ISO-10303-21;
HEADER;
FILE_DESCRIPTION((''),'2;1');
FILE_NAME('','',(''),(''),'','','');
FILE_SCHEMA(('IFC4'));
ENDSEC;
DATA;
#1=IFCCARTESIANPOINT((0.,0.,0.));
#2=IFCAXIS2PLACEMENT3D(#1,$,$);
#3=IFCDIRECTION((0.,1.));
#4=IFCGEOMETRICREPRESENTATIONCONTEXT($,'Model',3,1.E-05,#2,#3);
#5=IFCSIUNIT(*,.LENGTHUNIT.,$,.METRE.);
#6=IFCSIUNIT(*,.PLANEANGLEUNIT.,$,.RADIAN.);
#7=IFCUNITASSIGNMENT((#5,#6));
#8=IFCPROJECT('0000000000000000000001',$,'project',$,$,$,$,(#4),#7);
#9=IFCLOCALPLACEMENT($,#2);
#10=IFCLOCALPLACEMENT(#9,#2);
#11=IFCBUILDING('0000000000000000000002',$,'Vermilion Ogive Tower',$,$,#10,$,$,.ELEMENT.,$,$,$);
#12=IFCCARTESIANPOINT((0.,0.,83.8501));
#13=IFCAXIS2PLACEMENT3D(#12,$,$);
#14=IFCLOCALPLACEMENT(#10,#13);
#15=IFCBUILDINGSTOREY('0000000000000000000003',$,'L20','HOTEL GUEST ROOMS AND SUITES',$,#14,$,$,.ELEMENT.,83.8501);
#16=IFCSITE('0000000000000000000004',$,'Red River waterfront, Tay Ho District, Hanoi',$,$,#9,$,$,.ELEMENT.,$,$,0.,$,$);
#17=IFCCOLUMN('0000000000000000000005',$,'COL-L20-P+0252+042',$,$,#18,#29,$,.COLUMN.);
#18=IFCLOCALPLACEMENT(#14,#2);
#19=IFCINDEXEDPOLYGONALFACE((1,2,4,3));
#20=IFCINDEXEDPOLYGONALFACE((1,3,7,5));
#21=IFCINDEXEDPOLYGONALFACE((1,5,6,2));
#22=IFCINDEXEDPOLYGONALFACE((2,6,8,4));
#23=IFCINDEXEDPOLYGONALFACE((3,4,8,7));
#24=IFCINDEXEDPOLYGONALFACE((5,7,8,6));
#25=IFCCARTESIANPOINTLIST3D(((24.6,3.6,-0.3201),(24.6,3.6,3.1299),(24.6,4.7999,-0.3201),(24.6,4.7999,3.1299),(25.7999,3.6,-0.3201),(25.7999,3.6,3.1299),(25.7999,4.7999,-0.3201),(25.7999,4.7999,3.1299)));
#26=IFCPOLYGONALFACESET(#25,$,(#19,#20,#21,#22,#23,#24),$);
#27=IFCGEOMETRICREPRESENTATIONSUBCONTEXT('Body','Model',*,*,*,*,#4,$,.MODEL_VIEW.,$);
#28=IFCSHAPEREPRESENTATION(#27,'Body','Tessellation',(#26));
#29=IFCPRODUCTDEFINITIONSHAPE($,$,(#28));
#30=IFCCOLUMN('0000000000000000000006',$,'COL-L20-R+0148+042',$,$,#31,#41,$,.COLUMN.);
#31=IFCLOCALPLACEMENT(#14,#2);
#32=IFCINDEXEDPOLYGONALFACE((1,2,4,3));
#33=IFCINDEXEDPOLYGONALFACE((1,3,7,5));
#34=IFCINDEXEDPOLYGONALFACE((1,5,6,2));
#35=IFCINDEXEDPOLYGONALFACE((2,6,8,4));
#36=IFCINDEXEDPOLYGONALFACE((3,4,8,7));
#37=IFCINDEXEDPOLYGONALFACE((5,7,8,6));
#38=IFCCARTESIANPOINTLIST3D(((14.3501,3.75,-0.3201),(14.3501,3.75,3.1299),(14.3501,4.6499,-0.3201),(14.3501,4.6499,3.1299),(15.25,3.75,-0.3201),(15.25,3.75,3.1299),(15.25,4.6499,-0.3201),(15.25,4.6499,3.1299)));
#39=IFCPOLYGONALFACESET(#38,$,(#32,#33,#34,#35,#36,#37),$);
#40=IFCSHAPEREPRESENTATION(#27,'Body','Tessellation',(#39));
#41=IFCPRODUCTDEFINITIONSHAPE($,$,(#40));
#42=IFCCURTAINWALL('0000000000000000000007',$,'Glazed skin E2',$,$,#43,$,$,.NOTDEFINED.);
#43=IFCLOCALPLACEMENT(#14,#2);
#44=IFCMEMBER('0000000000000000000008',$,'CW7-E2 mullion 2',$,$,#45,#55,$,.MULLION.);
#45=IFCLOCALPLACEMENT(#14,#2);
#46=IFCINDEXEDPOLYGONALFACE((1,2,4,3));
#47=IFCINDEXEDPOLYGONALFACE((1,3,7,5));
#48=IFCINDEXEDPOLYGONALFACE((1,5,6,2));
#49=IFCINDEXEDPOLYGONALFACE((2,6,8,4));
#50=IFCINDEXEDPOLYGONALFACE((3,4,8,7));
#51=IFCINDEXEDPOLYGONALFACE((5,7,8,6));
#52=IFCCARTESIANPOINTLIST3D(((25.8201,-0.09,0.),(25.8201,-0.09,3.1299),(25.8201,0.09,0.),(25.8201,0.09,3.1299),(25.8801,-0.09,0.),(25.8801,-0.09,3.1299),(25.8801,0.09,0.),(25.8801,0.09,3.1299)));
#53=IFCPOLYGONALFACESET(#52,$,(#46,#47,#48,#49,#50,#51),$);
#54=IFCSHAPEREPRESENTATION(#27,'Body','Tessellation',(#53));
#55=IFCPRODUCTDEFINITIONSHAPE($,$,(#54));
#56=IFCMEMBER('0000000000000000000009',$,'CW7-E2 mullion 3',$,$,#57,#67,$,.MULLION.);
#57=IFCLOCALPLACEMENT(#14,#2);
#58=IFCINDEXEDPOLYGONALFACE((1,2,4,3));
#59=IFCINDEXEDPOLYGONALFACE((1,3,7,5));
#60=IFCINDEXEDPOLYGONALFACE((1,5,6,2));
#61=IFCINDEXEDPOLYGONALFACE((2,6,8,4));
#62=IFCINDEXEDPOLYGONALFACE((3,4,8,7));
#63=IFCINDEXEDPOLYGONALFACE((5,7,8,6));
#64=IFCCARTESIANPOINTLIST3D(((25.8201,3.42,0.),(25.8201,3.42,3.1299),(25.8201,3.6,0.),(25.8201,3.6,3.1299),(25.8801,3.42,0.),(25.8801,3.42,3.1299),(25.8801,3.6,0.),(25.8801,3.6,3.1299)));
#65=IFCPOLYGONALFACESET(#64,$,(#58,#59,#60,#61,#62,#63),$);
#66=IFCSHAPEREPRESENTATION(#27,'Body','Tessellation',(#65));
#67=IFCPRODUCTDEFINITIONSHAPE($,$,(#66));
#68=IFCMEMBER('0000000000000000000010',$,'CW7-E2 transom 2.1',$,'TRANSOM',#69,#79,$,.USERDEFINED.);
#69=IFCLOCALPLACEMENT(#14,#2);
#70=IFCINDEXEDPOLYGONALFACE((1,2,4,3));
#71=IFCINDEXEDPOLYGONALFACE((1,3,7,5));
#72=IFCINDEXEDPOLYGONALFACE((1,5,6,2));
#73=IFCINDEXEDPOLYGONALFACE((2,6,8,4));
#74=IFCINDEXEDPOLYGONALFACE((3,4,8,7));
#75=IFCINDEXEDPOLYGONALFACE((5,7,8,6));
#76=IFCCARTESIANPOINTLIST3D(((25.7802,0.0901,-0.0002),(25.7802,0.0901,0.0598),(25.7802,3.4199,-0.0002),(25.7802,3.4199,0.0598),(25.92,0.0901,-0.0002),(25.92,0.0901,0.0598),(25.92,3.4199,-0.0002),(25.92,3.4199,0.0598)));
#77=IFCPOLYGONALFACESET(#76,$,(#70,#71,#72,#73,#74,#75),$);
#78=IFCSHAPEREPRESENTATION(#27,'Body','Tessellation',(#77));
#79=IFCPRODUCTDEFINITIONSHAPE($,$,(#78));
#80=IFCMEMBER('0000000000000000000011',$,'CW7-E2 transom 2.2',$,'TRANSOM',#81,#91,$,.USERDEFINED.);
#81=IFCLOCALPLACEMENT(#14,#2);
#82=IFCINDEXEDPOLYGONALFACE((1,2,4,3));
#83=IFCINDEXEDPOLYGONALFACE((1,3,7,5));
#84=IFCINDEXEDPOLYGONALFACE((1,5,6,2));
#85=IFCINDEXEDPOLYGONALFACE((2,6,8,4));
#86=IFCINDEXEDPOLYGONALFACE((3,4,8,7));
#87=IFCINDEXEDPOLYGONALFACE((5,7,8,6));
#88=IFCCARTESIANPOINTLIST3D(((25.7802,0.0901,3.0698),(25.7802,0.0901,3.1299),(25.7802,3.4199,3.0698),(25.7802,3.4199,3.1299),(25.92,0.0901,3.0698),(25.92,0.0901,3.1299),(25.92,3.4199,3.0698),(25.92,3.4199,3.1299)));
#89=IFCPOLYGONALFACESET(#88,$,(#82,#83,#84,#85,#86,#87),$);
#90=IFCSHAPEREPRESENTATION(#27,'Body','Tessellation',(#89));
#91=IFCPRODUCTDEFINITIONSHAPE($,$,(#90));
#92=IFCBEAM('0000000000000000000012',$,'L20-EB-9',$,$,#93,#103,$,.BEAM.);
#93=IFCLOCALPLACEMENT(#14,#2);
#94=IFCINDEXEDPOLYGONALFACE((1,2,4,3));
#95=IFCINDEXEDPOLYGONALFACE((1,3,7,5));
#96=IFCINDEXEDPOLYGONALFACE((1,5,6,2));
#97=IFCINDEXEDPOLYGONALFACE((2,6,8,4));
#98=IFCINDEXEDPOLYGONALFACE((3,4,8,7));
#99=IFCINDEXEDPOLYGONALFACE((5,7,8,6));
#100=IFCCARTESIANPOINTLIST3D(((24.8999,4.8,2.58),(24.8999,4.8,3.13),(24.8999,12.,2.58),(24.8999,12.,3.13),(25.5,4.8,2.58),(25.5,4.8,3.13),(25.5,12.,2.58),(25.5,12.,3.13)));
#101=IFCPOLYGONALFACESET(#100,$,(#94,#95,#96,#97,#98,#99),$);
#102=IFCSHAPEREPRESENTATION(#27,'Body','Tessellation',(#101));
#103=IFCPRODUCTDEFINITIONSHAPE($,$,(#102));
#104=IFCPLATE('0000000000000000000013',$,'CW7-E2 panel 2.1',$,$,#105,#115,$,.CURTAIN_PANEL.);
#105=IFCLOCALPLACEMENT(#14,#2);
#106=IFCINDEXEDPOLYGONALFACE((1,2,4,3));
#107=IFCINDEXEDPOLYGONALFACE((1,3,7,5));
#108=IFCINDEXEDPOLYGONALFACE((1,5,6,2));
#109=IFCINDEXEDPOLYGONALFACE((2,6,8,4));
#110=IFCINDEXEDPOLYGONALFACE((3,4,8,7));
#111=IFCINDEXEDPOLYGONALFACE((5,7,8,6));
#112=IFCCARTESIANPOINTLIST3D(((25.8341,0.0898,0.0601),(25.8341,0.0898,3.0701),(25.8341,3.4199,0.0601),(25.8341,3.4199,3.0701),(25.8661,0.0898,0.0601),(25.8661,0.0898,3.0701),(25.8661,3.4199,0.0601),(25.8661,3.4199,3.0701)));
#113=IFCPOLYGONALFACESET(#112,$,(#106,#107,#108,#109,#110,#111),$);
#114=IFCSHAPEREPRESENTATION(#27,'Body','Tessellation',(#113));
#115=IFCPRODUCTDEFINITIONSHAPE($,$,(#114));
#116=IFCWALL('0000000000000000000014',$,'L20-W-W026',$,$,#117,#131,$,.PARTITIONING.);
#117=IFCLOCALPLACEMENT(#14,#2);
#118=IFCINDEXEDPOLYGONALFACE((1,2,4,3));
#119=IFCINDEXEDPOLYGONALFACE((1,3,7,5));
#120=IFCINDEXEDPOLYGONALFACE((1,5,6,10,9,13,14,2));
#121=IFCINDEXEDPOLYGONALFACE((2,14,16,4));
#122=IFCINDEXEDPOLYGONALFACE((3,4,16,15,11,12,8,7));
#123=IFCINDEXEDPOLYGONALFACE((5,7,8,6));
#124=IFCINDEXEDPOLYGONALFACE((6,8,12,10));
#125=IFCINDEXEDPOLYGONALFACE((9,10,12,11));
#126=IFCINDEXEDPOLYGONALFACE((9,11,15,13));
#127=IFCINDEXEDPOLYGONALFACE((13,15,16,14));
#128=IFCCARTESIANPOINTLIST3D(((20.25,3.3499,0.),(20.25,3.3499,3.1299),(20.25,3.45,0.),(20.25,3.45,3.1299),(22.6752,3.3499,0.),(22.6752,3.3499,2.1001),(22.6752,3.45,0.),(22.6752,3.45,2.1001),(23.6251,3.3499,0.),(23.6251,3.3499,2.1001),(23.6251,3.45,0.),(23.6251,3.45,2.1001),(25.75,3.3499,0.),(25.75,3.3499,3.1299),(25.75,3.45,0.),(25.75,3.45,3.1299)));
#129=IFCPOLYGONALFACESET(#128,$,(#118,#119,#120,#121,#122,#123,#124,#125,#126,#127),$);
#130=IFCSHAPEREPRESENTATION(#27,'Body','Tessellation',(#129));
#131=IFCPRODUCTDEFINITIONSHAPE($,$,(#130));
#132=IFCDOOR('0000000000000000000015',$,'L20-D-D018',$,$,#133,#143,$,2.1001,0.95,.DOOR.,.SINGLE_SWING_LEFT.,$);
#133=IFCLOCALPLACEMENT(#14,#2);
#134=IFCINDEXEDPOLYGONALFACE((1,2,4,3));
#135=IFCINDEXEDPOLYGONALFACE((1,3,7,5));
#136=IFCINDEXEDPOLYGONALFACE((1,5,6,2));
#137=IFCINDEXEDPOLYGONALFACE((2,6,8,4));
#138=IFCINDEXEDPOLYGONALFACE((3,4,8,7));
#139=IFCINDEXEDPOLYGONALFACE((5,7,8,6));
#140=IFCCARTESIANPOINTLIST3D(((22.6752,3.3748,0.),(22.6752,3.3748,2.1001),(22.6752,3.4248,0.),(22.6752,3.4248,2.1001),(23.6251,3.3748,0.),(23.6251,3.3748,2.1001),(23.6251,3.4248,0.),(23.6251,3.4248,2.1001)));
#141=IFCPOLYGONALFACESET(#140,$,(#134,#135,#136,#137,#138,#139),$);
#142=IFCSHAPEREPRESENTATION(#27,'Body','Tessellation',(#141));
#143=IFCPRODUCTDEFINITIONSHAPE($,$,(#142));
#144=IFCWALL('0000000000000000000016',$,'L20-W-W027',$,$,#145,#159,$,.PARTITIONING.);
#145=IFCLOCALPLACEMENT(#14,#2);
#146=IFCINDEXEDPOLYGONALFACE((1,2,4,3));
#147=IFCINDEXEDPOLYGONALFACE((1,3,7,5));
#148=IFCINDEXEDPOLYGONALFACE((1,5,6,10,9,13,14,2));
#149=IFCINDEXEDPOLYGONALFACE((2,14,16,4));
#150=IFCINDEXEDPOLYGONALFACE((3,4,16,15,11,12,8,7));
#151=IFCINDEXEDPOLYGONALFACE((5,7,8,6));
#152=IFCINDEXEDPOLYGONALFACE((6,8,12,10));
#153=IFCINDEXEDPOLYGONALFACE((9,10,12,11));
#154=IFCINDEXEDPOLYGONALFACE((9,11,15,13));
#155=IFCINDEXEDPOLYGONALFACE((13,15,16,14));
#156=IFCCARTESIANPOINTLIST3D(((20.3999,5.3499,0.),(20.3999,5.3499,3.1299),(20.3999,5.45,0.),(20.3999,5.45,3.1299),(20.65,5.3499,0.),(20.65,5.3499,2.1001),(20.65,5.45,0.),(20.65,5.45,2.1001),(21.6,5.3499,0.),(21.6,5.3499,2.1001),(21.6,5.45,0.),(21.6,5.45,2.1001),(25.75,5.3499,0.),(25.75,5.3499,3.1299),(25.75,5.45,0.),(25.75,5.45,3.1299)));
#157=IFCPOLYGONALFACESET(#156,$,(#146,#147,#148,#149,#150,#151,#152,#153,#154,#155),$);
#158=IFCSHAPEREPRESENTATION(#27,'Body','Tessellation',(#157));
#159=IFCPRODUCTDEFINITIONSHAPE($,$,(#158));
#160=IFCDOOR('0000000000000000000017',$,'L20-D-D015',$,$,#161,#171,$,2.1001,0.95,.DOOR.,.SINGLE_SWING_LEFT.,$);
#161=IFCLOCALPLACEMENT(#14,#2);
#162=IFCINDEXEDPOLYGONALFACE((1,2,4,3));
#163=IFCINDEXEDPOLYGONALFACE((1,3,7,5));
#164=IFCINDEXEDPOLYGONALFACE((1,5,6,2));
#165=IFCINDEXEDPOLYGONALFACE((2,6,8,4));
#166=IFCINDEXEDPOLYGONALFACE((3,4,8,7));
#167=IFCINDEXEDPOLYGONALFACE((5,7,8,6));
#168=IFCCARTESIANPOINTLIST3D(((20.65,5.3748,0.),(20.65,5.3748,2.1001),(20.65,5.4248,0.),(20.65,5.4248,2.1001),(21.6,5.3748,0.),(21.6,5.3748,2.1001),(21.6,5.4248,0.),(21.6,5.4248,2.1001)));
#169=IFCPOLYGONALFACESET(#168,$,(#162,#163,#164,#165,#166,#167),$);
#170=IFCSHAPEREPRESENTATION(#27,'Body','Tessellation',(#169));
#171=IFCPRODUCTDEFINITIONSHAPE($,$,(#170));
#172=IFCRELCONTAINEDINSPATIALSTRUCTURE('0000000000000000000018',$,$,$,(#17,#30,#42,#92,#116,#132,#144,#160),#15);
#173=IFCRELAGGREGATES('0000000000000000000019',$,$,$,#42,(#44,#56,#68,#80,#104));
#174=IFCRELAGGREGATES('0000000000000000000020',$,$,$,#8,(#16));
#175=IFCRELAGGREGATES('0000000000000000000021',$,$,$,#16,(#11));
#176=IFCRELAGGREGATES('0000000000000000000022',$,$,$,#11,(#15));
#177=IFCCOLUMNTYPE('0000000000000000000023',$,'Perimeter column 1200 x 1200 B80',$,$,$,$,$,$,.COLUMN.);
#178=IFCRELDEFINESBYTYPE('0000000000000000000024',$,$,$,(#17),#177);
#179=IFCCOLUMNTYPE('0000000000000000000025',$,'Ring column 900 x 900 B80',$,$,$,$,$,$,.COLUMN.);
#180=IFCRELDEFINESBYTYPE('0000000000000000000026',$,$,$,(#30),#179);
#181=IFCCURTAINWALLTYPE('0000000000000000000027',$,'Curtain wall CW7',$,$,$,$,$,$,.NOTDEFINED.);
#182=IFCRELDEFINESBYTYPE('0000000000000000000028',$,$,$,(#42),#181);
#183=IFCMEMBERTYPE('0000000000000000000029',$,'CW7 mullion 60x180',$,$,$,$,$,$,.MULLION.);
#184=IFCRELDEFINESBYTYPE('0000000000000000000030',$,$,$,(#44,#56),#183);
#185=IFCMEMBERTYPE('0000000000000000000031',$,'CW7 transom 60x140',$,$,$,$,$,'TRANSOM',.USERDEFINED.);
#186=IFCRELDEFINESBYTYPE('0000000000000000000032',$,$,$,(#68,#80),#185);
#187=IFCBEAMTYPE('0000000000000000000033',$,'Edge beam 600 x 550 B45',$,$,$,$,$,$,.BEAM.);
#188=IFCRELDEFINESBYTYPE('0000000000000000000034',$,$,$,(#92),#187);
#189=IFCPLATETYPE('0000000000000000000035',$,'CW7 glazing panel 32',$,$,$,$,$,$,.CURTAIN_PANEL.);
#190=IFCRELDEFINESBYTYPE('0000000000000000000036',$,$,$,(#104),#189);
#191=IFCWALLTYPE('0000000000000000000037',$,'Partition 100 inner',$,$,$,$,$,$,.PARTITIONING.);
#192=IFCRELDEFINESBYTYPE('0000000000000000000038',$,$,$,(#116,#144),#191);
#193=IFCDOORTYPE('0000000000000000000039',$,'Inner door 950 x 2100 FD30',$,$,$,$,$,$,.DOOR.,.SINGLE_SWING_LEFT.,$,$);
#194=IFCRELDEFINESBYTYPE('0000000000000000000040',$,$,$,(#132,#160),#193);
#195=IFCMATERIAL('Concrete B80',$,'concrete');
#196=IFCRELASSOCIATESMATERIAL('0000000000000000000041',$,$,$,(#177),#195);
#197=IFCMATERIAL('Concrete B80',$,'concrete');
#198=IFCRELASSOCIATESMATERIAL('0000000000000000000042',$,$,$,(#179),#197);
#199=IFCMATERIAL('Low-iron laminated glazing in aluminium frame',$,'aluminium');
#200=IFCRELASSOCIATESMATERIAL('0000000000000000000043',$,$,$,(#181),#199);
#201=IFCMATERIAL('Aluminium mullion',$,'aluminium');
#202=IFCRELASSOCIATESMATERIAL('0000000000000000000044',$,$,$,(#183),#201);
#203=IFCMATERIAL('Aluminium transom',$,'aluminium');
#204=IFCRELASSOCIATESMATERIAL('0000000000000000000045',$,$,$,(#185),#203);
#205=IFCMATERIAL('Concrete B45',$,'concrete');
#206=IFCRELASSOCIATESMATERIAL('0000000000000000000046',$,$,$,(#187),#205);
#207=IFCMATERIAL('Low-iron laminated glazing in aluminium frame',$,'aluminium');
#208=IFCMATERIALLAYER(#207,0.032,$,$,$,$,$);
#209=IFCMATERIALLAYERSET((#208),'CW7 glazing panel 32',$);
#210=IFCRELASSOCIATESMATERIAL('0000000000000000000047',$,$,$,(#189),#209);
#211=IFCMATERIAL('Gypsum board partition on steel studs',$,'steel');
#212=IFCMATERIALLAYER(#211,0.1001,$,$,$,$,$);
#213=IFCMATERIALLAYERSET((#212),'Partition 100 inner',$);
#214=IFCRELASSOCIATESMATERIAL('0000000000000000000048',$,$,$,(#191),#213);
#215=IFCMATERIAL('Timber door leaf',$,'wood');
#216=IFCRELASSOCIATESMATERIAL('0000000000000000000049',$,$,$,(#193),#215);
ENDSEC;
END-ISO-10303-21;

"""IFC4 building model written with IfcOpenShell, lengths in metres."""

from ifc_helpers import new_model, si_unit, direction, frame, frame_2d, origin, origin_2d, place, context, subcontext, project, spatial, rectangle, extrude, material, layer, layer_set, material_profile, profile_set, type_object, element, fill, aggregate, save


model = new_model("IFC4")

# Units and contexts
model_context = context("Model", 3, precision=1e-05, world=origin(), true_north=direction((0.0, 1.0)))
body_context = subcontext(model_context, "Body", "Model", "MODEL_VIEW")
ifc_project = project(units=[si_unit("LENGTHUNIT", "METRE"), si_unit("PLANEANGLEUNIT", "RADIAN")], contexts=[model_context])

# Site, building, storey
site_placement = place(None, origin())
site = spatial("IfcSite", under=ifc_project, at=site_placement, Name="Red River waterfront, Tay Ho District, Hanoi", CompositionType="ELEMENT", RefElevation=0.0)
building_placement = place(site_placement, origin())
building = spatial("IfcBuilding", under=site, at=building_placement, Name="Vermilion Ogive Tower", CompositionType="ELEMENT")
storey_placement = place(building_placement, frame((0.0, 0.0, 83.8501)))
storey = spatial("IfcBuildingStorey", under=building, at=storey_placement, Name="L20", Description="HOTEL GUEST ROOMS AND SUITES", CompositionType="ELEMENT", Elevation=83.8501)

# Columns
ifc_material_1 = material(Name="Concrete B80", Category="concrete")
ifc_material_profile_1 = material_profile(ifc_material_1, rectangle(XDim=1.2, YDim=1.2, at=origin_2d()), Name="1200 x 1200")
ifc_profile_set_1 = profile_set([ifc_material_profile_1], Name="Concrete B80")
column_type_1 = type_object("IfcColumnType", Name="Perimeter column 1200 x 1200 B80", PredefinedType="COLUMN", material=ifc_profile_set_1)
column_1_placement = place(storey_placement, frame((25.2, 4.2, -0.3201), z_axis=(0.0, 0.0, 1.0), x_axis=(1.0, 0.0, 0.0)))
element("IfcColumn", 1, at=column_1_placement, inside=storey, type_object=column_type_1, Name="COL-L20-P+0252+042", PredefinedType="COLUMN", context=body_context, shape_type="SweptSolid", body=[
    extrude(rectangle(XDim=1.2, YDim=1.2, at=origin_2d()), origin(), (0.0, 0.0, 1.0), 3.45),
])
ifc_material_2 = material(Name="Concrete B80", Category="concrete")
ifc_material_profile_2 = material_profile(ifc_material_2, rectangle(XDim=0.8999, YDim=0.8999, at=origin_2d()), Name="900 x 900")
ifc_profile_set_2 = profile_set([ifc_material_profile_2], Name="Concrete B80")
column_type_2 = type_object("IfcColumnType", Name="Ring column 900 x 900 B80", PredefinedType="COLUMN", material=ifc_profile_set_2)
column_2_placement = place(storey_placement, frame((14.8, 4.2, -0.3201), z_axis=(0.0, 0.0, 1.0), x_axis=(1.0, 0.0, 0.0)))
element("IfcColumn", 2, at=column_2_placement, inside=storey, type_object=column_type_2, Name="COL-L20-R+0148+042", PredefinedType="COLUMN", context=body_context, shape_type="SweptSolid", body=[
    extrude(rectangle(XDim=0.8999, YDim=0.8999, at=origin_2d()), origin(), (0.0, 0.0, 1.0), 3.45),
])

# Curtain wall, members
ifc_material_3 = material(Name="Low-iron laminated glazing in aluminium frame", Category="aluminium")
curtain_wall_type = type_object("IfcCurtainWallType", Name="Curtain wall CW7", PredefinedType="NOTDEFINED", material=ifc_material_3)
curtain_wall_placement = place(storey_placement, origin())
curtain_wall = element("IfcCurtainWall", 3, at=curtain_wall_placement, inside=storey, type_object=curtain_wall_type, Name="Glazed skin E2", PredefinedType="NOTDEFINED")
ifc_material_4 = material(Name="Aluminium mullion", Category="aluminium")
ifc_material_profile_3 = material_profile(ifc_material_4, rectangle(XDim=0.0601, YDim=0.1799, at=origin_2d()), Name="AL 60x180")
ifc_profile_set_3 = profile_set([ifc_material_profile_3], Name="Aluminium mullion")
member_type_1 = type_object("IfcMemberType", Name="CW7 mullion 60x180", PredefinedType="MULLION", material=ifc_profile_set_3)
member_1_placement = place(storey_placement, frame((25.8501, 0.0, 0.0), z_axis=(0.0, 0.0, 1.0), x_axis=(-1.0, 0.0, 0.0)))
member_1 = element("IfcMember", 4, at=member_1_placement, type_object=member_type_1, Name="CW7-E2 mullion 2", PredefinedType="MULLION", context=body_context, shape_type="SweptSolid", body=[
    extrude(rectangle(XDim=0.0601, YDim=0.1799, at=origin_2d()), origin(), (0.0, 0.0, 1.0), 3.1299),
])
member_2_placement = place(storey_placement, frame((25.8501, 3.51, 0.0), z_axis=(0.0, 0.0, 1.0), x_axis=(-1.0, 0.0, 0.0)))
member_2 = element("IfcMember", 5, at=member_2_placement, type_object=member_type_1, Name="CW7-E2 mullion 3", PredefinedType="MULLION", context=body_context, shape_type="SweptSolid", body=[
    extrude(rectangle(XDim=0.0601, YDim=0.1799, at=origin_2d()), origin(), (0.0, 0.0, 1.0), 3.1299),
])
ifc_material_5 = material(Name="Aluminium transom", Category="aluminium")
ifc_material_profile_4 = material_profile(ifc_material_5, rectangle(XDim=0.1399, YDim=0.0601, at=origin_2d()), Name="AL 60x140")
ifc_profile_set_4 = profile_set([ifc_material_profile_4], Name="Aluminium transom")
member_type_2 = type_object("IfcMemberType", Name="CW7 transom 60x140", ElementType="TRANSOM", PredefinedType="USERDEFINED", material=ifc_profile_set_4)
member_3_placement = place(storey_placement, frame((25.8501, 0.0901, 0.0298), z_axis=(0.0, 1.0, 0.0), x_axis=(-1.0, 0.0, 0.0)))
member_3 = element("IfcMember", 6, at=member_3_placement, type_object=member_type_2, Name="CW7-E2 transom 2.1", ObjectType="TRANSOM", PredefinedType="USERDEFINED", context=body_context, shape_type="SweptSolid", body=[
    extrude(rectangle(XDim=0.1399, YDim=0.0601, at=origin_2d()), origin(), (0.0, 0.0, 1.0), 3.3298),
])
member_4_placement = place(storey_placement, frame((25.8501, 0.0901, 3.0999), z_axis=(0.0, 1.0, 0.0), x_axis=(-1.0, 0.0, 0.0)))
member_4 = element("IfcMember", 7, at=member_4_placement, type_object=member_type_2, Name="CW7-E2 transom 2.2", ObjectType="TRANSOM", PredefinedType="USERDEFINED", context=body_context, shape_type="SweptSolid", body=[
    extrude(rectangle(XDim=0.1399, YDim=0.0601, at=origin_2d()), origin(), (0.0, 0.0, 1.0), 3.3298),
])

# Beam
ifc_material_6 = material(Name="Concrete B45", Category="concrete")
ifc_material_profile_5 = material_profile(ifc_material_6, rectangle(XDim=0.6001, YDim=0.55, at=origin_2d()), Name="600 x 550")
ifc_profile_set_5 = profile_set([ifc_material_profile_5], Name="Concrete B45")
beam_type = type_object("IfcBeamType", Name="Edge beam 600 x 550 B45", PredefinedType="BEAM", material=ifc_profile_set_5)
beam_placement = place(storey_placement, frame((25.2, 4.8, 2.855), z_axis=(0.0, 1.0, 0.0), x_axis=(-1.0, 0.0, 0.0)))
element("IfcBeam", 8, at=beam_placement, inside=storey, type_object=beam_type, Name="L20-EB-9", PredefinedType="BEAM", context=body_context, shape_type="SweptSolid", body=[
    extrude(rectangle(XDim=0.6001, YDim=0.55, at=origin_2d()), origin(), (0.0, 0.0, 1.0), 7.2),
])

# Plate
ifc_material_7 = material(Name="Low-iron laminated glazing in aluminium frame", Category="aluminium")
ifc_layer_1 = layer(ifc_material_7, 0.032)
ifc_layer_set_1 = layer_set([ifc_layer_1], Name="CW7 glazing panel 32")
plate_type = type_object("IfcPlateType", Name="CW7 glazing panel 32", PredefinedType="CURTAIN_PANEL", material=ifc_layer_set_1)
plate_placement = place(storey_placement, frame((25.8501, 1.7549, 0.0601), z_axis=(0.0, 0.0, 1.0), x_axis=(0.0, 1.0, 0.0)))
plate = element("IfcPlate", 9, at=plate_placement, type_object=plate_type, Name="CW7-E2 panel 2.1", PredefinedType="CURTAIN_PANEL", context=body_context, shape_type="SweptSolid", body=[
    extrude(rectangle(XDim=3.3301, YDim=0.032, at=origin_2d()), origin(), (0.0, 0.0, 1.0), 3.01),
])
aggregate(curtain_wall, [member_1, member_2, member_3, member_4, plate])

# Walls, openings, doors
ifc_material_8 = material(Name="Gypsum board partition on steel studs", Category="steel")
ifc_layer_2 = layer(ifc_material_8, 0.1001)
ifc_layer_set_2 = layer_set([ifc_layer_2], Name="Partition 100 inner")
wall_type_1 = type_object("IfcWallType", Name="Partition 100 inner", PredefinedType="PARTITIONING", material=ifc_layer_set_2)
wall_1_placement = place(storey_placement, frame((20.25, 3.3999, 0.0), z_axis=(0.0, 0.0, 1.0), x_axis=(1.0, 0.0, 0.0)))
wall_1 = element("IfcWall", 10, at=wall_1_placement, inside=storey, type_object=wall_type_1, Name="L20-W-W026", PredefinedType="PARTITIONING", context=body_context, shape_type="SweptSolid", body=[
    extrude(rectangle(XDim=5.5, YDim=0.1001, at=frame_2d((2.75, 0.0))), origin(), (0.0, 0.0, 1.0), 3.1299),
])
opening_1_placement = place(wall_1_placement, frame((2.425, 0.0, 0.0)))
opening_1 = element("IfcOpeningElement", 11, at=opening_1_placement, cuts=wall_1, PredefinedType="OPENING", context=body_context, shape_type="SweptSolid", body=[
    extrude(rectangle(XDim=0.95, YDim=2.1001, at=frame_2d((0.4751, 1.05))), frame((0.0, 0.0601, 0.0), z_axis=(0.0, -1.0, 0.0), x_axis=(1.0, 0.0, 0.0)), (0.0, 0.0, 1.0), 0.1201),
])
ifc_material_9 = material(Name="Timber door leaf", Category="wood")
door_type_1 = type_object("IfcDoorType", Name="Inner door 950 x 2100 FD30", OperationType="SINGLE_SWING_LEFT", PredefinedType="DOOR", material=ifc_material_9)
door_1_placement = place(opening_1_placement, origin())
door_1 = element("IfcDoor", 12, at=door_1_placement, inside=storey, type_object=door_type_1, Name="L20-D-D018", OperationType="SINGLE_SWING_LEFT", OverallHeight=2.1001, OverallWidth=0.95, PredefinedType="DOOR", context=body_context, shape_type="SweptSolid", body=[
    extrude(rectangle(XDim=0.95, YDim=2.1001, at=frame_2d((0.4751, 1.05))), frame((0.0, 0.0249, 0.0), z_axis=(0.0, -1.0, 0.0), x_axis=(1.0, 0.0, 0.0)), (0.0, 0.0, 1.0), 0.05),
])
fill(opening_1, door_1)
wall_2_placement = place(storey_placement, frame((20.3999, 5.3999, 0.0), z_axis=(0.0, 0.0, 1.0), x_axis=(1.0, 0.0, 0.0)))
wall_2 = element("IfcWall", 13, at=wall_2_placement, inside=storey, type_object=wall_type_1, Name="L20-W-W027", PredefinedType="PARTITIONING", context=body_context, shape_type="SweptSolid", body=[
    extrude(rectangle(XDim=5.3501, YDim=0.1001, at=frame_2d((2.675, 0.0))), origin(), (0.0, 0.0, 1.0), 3.1299),
])
opening_2_placement = place(wall_2_placement, frame((0.25, 0.0, 0.0)))
opening_2 = element("IfcOpeningElement", 14, at=opening_2_placement, cuts=wall_2, PredefinedType="OPENING", context=body_context, shape_type="SweptSolid", body=[
    extrude(rectangle(XDim=0.95, YDim=2.1001, at=frame_2d((0.4751, 1.05))), frame((0.0, 0.0601, 0.0), z_axis=(0.0, -1.0, 0.0), x_axis=(1.0, 0.0, 0.0)), (0.0, 0.0, 1.0), 0.1201),
])
door_2_placement = place(opening_2_placement, origin())
door_2 = element("IfcDoor", 15, at=door_2_placement, inside=storey, type_object=door_type_1, Name="L20-D-D015", OperationType="SINGLE_SWING_LEFT", OverallHeight=2.1001, OverallWidth=0.95, PredefinedType="DOOR", context=body_context, shape_type="SweptSolid", body=[
    extrude(rectangle(XDim=0.95, YDim=2.1001, at=frame_2d((0.4751, 1.05))), frame((0.0, 0.0249, 0.0), z_axis=(0.0, -1.0, 0.0), x_axis=(1.0, 0.0, 0.0)), (0.0, 0.0, 1.0), 0.05),
])
fill(opening_2, door_2)

save(model, "model.ifc")
